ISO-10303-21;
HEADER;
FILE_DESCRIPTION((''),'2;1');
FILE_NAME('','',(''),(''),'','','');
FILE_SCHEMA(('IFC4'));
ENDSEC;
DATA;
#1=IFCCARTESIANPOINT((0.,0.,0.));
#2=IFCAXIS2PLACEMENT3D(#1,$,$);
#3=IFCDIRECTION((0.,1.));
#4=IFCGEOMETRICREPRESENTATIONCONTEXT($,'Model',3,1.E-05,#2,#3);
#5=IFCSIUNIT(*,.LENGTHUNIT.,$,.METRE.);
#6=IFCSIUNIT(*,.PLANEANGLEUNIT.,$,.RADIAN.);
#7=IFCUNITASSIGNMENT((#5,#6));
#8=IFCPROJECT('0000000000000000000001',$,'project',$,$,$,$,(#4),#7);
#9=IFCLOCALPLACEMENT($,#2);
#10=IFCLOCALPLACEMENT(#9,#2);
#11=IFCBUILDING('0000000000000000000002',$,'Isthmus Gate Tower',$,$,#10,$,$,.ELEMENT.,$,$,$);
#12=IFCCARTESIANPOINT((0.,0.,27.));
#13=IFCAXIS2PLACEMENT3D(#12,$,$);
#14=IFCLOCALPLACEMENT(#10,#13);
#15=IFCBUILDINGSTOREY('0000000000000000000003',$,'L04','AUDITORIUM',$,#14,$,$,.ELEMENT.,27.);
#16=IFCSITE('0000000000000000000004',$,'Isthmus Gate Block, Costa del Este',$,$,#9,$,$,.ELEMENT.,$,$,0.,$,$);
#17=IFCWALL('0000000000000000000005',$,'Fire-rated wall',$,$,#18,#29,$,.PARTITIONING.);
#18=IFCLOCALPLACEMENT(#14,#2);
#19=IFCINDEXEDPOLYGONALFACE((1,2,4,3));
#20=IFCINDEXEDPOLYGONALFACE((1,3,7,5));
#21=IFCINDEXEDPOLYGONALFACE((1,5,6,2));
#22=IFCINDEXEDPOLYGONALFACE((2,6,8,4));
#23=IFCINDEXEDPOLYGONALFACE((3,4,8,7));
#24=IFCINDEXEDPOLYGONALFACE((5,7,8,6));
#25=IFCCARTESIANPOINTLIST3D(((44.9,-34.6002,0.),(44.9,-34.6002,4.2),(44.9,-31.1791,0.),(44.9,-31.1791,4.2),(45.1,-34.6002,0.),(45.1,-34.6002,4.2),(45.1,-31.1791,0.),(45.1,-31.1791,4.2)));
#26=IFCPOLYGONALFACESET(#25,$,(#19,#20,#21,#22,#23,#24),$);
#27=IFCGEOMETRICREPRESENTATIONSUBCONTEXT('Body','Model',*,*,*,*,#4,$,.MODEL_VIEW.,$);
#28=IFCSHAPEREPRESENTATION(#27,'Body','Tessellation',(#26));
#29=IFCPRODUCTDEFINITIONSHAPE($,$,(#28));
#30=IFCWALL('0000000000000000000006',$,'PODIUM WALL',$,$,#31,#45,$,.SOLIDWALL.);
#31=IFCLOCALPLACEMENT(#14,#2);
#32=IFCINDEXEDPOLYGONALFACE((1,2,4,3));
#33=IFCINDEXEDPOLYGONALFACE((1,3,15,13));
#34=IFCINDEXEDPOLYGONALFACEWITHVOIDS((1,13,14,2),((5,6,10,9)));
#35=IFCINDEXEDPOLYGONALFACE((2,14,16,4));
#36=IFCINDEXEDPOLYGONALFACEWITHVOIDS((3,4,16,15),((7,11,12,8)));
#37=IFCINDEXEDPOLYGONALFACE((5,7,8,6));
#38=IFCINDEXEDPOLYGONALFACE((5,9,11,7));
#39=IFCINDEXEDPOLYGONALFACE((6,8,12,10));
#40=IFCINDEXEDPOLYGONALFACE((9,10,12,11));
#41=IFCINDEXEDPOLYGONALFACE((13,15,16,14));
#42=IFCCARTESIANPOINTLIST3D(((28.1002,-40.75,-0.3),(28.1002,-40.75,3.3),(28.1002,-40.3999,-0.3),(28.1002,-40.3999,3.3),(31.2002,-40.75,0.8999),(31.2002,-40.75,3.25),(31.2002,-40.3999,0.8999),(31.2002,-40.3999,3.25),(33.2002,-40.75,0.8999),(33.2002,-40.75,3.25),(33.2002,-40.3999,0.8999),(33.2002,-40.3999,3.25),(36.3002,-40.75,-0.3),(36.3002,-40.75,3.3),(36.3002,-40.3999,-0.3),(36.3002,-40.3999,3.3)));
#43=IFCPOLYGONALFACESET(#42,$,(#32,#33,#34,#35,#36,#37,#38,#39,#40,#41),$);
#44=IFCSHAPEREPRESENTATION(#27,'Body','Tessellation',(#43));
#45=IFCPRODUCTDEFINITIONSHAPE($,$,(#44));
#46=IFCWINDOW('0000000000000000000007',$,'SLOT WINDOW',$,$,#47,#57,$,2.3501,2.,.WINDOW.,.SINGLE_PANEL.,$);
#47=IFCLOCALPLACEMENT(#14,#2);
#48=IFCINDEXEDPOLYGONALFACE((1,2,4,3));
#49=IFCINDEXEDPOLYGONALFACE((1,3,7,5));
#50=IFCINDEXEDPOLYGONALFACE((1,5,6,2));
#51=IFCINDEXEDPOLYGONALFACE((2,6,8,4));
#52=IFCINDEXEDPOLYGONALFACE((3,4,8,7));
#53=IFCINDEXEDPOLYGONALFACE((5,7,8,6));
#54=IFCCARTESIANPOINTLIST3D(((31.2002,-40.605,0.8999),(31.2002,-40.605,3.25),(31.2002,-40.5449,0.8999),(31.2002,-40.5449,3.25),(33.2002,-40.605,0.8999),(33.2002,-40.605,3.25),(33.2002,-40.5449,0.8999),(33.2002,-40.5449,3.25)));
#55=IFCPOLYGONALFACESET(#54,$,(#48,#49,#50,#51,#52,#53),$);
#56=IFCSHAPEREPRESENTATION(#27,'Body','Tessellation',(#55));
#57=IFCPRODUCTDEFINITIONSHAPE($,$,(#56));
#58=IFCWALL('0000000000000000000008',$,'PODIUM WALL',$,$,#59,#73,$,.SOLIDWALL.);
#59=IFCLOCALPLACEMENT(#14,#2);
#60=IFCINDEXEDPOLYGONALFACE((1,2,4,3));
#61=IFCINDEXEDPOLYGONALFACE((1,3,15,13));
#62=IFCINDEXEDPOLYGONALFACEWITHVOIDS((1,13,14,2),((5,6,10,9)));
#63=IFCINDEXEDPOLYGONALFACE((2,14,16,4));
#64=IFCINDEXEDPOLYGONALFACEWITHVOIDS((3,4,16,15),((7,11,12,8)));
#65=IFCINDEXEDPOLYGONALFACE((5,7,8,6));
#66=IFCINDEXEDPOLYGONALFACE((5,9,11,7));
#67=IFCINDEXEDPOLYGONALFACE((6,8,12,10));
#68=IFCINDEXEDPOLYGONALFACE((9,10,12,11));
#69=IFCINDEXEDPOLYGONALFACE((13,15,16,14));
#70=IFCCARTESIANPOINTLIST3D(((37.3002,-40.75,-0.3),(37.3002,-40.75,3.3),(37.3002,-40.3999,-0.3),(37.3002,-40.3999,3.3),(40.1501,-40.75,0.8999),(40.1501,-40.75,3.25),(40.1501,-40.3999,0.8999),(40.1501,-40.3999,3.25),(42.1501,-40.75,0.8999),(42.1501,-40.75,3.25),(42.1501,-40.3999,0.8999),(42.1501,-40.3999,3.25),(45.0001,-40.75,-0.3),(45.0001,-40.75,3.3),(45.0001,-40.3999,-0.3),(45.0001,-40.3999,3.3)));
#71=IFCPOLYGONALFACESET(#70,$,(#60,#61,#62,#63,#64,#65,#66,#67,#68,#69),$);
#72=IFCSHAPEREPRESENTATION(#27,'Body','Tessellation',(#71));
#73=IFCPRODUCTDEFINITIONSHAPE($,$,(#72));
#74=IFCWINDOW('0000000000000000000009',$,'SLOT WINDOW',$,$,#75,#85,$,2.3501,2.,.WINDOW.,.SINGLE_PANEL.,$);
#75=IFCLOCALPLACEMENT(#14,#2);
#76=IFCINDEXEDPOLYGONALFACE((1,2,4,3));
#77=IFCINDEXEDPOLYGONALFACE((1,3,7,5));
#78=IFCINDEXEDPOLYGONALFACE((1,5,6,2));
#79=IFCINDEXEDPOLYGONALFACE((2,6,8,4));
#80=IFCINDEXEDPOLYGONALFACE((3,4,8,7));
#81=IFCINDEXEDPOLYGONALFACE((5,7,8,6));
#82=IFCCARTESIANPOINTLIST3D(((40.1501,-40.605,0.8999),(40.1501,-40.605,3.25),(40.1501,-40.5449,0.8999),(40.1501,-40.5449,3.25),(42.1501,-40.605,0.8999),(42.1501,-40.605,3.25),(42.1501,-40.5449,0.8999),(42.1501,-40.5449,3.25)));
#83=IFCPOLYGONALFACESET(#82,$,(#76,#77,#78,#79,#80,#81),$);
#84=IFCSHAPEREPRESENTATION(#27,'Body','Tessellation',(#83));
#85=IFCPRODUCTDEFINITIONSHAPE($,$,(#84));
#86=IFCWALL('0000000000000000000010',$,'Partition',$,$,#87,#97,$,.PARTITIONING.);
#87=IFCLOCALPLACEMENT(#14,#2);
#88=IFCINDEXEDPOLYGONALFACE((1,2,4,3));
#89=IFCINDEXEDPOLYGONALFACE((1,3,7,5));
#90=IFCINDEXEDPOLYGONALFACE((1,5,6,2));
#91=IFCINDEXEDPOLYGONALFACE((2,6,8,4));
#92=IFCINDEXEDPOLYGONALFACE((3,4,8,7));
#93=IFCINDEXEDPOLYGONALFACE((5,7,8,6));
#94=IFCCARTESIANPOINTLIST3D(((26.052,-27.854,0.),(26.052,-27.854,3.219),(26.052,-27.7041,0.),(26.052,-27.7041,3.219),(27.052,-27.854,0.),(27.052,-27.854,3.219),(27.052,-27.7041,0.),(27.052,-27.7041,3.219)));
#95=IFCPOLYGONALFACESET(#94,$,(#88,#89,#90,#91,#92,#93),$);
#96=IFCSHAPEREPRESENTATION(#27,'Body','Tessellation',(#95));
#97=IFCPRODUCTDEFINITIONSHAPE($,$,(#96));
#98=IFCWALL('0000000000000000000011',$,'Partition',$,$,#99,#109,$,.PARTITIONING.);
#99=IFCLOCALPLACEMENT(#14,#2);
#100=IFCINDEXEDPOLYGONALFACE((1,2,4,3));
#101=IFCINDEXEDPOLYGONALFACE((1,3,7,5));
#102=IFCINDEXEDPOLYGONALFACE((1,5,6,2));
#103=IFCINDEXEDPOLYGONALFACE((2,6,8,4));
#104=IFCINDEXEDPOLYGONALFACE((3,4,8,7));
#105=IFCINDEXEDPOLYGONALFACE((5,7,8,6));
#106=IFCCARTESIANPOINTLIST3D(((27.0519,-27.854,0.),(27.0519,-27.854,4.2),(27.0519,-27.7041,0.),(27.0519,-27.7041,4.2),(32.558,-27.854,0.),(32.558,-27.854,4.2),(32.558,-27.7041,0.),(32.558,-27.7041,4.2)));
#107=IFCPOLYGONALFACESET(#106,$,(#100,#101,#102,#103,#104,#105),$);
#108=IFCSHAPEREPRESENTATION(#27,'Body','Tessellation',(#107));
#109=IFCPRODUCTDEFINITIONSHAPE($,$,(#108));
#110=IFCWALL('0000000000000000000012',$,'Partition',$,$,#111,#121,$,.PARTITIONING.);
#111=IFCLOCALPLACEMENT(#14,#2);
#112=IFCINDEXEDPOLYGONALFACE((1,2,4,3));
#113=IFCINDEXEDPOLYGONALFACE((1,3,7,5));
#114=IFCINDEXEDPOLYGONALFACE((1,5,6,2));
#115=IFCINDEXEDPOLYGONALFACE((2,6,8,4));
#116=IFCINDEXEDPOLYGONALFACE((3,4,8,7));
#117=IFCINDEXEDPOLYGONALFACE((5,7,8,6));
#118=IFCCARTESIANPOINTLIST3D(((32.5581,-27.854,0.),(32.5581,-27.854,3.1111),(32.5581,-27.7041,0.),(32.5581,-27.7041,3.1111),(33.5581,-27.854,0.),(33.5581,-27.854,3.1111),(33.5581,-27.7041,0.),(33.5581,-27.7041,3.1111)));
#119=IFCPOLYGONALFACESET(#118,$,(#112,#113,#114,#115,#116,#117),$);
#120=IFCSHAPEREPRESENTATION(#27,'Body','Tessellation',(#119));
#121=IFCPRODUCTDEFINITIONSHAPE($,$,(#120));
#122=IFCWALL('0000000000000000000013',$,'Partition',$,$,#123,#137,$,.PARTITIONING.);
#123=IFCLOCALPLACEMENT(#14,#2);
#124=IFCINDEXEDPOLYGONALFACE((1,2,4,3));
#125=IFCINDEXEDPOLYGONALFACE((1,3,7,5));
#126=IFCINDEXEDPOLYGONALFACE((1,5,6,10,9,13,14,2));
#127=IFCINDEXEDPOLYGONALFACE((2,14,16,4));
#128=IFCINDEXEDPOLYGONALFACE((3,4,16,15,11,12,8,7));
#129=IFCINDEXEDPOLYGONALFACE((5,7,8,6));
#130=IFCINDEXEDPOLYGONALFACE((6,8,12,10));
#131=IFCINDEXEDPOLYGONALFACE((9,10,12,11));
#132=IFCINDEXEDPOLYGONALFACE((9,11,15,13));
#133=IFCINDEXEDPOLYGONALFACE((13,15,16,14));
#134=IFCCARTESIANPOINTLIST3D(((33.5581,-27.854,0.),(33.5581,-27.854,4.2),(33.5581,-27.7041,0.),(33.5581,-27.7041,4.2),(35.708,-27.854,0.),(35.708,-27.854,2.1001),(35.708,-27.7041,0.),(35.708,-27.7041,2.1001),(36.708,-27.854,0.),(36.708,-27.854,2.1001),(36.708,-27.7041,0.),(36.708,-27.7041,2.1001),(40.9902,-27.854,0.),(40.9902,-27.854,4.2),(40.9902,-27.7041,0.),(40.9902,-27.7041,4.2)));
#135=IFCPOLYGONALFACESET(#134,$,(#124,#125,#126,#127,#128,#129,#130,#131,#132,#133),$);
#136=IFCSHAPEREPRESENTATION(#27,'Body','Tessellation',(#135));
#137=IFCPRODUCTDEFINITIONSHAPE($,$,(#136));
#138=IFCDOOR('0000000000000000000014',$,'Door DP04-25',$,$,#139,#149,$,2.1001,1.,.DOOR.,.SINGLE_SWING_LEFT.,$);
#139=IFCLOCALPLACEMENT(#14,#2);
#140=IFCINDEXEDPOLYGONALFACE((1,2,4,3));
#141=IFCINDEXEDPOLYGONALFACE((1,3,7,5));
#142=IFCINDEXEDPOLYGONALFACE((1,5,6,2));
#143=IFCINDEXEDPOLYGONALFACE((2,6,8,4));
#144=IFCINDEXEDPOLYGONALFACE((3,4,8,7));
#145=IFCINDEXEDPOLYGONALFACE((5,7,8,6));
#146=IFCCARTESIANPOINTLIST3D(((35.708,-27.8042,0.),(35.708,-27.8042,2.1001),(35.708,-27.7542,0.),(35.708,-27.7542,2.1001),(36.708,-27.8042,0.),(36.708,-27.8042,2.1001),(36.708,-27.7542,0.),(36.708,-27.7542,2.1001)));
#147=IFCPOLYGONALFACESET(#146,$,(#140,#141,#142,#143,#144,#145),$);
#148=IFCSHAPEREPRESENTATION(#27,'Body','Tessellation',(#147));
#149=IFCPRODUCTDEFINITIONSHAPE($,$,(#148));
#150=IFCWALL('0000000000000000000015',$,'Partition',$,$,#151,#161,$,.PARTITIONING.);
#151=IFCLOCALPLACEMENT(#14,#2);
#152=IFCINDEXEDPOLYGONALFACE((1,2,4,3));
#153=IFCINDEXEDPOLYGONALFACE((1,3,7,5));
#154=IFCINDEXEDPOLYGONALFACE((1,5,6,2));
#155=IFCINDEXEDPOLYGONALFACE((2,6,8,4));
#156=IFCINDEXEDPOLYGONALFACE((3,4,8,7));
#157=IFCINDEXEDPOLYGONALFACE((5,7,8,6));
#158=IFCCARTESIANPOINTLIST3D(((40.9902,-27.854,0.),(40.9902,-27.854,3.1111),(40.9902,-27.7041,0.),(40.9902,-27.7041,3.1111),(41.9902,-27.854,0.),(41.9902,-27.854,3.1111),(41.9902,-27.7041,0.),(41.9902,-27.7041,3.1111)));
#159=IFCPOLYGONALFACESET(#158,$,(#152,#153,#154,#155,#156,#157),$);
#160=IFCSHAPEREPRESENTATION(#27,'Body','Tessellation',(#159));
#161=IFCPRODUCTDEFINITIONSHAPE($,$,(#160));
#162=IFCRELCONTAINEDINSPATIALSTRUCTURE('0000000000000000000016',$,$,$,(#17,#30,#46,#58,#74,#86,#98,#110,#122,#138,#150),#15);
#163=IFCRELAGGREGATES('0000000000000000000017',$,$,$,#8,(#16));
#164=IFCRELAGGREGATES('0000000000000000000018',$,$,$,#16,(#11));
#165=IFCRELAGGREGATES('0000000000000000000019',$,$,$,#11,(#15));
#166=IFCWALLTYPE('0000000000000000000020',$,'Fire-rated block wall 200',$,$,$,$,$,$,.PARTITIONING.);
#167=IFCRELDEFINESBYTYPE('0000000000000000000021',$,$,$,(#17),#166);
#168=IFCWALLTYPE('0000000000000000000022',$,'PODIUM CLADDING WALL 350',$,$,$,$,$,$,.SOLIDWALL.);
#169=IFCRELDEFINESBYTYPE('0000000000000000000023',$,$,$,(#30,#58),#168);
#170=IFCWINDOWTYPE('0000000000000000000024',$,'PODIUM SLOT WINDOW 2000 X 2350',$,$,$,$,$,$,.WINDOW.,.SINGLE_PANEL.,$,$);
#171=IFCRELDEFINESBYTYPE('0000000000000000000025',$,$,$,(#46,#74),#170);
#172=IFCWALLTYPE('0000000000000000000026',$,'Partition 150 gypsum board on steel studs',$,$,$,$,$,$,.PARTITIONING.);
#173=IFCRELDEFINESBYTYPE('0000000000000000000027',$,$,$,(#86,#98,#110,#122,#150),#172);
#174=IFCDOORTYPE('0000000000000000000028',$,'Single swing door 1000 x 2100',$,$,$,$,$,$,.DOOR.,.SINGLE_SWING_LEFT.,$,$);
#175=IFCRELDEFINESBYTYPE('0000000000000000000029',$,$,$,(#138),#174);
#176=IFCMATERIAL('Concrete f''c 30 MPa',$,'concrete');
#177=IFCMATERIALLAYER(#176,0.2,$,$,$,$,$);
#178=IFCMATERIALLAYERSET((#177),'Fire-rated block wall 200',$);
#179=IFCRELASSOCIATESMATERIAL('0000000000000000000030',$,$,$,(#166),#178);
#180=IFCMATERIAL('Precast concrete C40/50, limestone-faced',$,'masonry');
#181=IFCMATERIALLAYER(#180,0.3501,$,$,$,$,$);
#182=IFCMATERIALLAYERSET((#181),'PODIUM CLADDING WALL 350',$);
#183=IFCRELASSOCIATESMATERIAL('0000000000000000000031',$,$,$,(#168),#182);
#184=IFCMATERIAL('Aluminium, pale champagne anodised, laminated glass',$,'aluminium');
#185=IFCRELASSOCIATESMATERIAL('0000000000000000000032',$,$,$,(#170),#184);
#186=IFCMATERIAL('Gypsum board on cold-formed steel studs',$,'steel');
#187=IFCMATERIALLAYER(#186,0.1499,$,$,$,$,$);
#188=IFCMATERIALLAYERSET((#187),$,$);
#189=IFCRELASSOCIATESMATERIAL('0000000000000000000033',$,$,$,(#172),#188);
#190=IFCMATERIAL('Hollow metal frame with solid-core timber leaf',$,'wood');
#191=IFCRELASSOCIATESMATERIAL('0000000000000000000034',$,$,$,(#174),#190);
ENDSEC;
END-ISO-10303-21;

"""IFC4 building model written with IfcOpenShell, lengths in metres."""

from ifc_helpers import new_model, si_unit, direction, frame, frame_2d, origin, place, context, subcontext, project, spatial, rectangle, extrude, material, layer, layer_set, type_object, element, fill, save


model = new_model("IFC4")

# Units and contexts
model_context = context("Model", 3, precision=1e-05, world=origin(), true_north=direction((0.0, 1.0)))
body_context = subcontext(model_context, "Body", "Model", "MODEL_VIEW")
ifc_project = project(units=[si_unit("LENGTHUNIT", "METRE"), si_unit("PLANEANGLEUNIT", "RADIAN")], contexts=[model_context])

# Site, building, storey
site_placement = place(None, origin())
site = spatial("IfcSite", under=ifc_project, at=site_placement, Name="Isthmus Gate Block, Costa del Este", CompositionType="ELEMENT", RefElevation=0.0)
building_placement = place(site_placement, origin())
building = spatial("IfcBuilding", under=site, at=building_placement, Name="Isthmus Gate Tower", CompositionType="ELEMENT")
storey_placement = place(building_placement, frame((0.0, 0.0, 27.0)))
storey = spatial("IfcBuildingStorey", under=building, at=storey_placement, Name="L04", Description="AUDITORIUM", CompositionType="ELEMENT", Elevation=27.0)

# Shared definitions
ifc_material_1 = material(Name="Concrete f'c 30 MPa", Category="concrete")
ifc_layer_1 = layer(ifc_material_1, 0.2)
ifc_layer_set_1 = layer_set([ifc_layer_1], Name="Fire-rated block wall 200")
wall_type_1 = type_object("IfcWallType", Name="Fire-rated block wall 200", PredefinedType="PARTITIONING", material=ifc_layer_set_1)

# Wall
wall_1_placement = place(storey_placement, frame((45.0, -34.6001, 0.0), z_axis=(0.0, 0.0, 1.0), x_axis=(0.0, 1.0, 0.0)))
element("IfcWall", 1, at=wall_1_placement, inside=storey, type_object=wall_type_1, Name="Fire-rated wall", PredefinedType="PARTITIONING", context=body_context, shape_type="SweptSolid", body=[
    extrude(rectangle(XDim=3.4211, YDim=0.2, at=frame_2d((1.7104, 0.0))), origin(), (0.0, 0.0, 1.0), 4.2),
])

# Walls, openings, windows
ifc_material_2 = material(Name="Precast concrete C40/50, limestone-faced", Category="masonry")
ifc_layer_2 = layer(ifc_material_2, 0.3501)
ifc_layer_set_2 = layer_set([ifc_layer_2], Name="PODIUM CLADDING WALL 350")
wall_type_2 = type_object("IfcWallType", Name="PODIUM CLADDING WALL 350", PredefinedType="SOLIDWALL", material=ifc_layer_set_2)
wall_2_placement = place(storey_placement, frame((28.1001, -40.575, -0.3), z_axis=(0.0, 0.0, 1.0), x_axis=(1.0, 0.0, 0.0)))
wall_2 = element("IfcWall", 2, at=wall_2_placement, inside=storey, type_object=wall_type_2, Name="PODIUM WALL", PredefinedType="SOLIDWALL", context=body_context, shape_type="SweptSolid", body=[
    extrude(rectangle(XDim=8.2, YDim=0.3501, at=frame_2d((4.1001, 0.0))), origin(), (0.0, 0.0, 1.0), 3.6001),
])
opening_1_placement = place(wall_2_placement, frame((3.1001, 0.0, 1.2)))
opening_1 = element("IfcOpeningElement", 3, at=opening_1_placement, cuts=wall_2, PredefinedType="OPENING", context=body_context, shape_type="SweptSolid", body=[
    extrude(rectangle(XDim=2.0, YDim=2.3501, at=frame_2d((1.0, 1.175))), frame((0.0, 0.1851, 0.0), z_axis=(0.0, -1.0, 0.0), x_axis=(1.0, 0.0, 0.0)), (0.0, 0.0, 1.0), 0.3701),
])
ifc_material_3 = material(Name="Aluminium, pale champagne anodised, laminated glass", Category="aluminium")
window_type = type_object("IfcWindowType", Name="PODIUM SLOT WINDOW 2000 X 2350", PartitioningType="SINGLE_PANEL", PredefinedType="WINDOW", material=ifc_material_3)
window_1_placement = place(opening_1_placement, origin())
window_1 = element("IfcWindow", 4, at=window_1_placement, inside=storey, type_object=window_type, Name="SLOT WINDOW", OverallHeight=2.3501, OverallWidth=2.0, PartitioningType="SINGLE_PANEL", PredefinedType="WINDOW", context=body_context, shape_type="SweptSolid", body=[
    extrude(rectangle(XDim=2.0, YDim=2.3501, at=frame_2d((1.0, 1.175))), frame((0.0, 0.03, 0.0), z_axis=(0.0, -1.0, 0.0), x_axis=(1.0, 0.0, 0.0)), (0.0, 0.0, 1.0), 0.0601),
])
fill(opening_1, window_1)
wall_3_placement = place(storey_placement, frame((37.3, -40.575, -0.3), z_axis=(0.0, 0.0, 1.0), x_axis=(1.0, 0.0, 0.0)))
wall_3 = element("IfcWall", 5, at=wall_3_placement, inside=storey, type_object=wall_type_2, Name="PODIUM WALL", PredefinedType="SOLIDWALL", context=body_context, shape_type="SweptSolid", body=[
    extrude(rectangle(XDim=7.7, YDim=0.3501, at=frame_2d((3.8501, 0.0))), origin(), (0.0, 0.0, 1.0), 3.6001),
])
opening_2_placement = place(wall_3_placement, frame((2.8501, 0.0, 1.2)))
opening_2 = element("IfcOpeningElement", 6, at=opening_2_placement, cuts=wall_3, PredefinedType="OPENING", context=body_context, shape_type="SweptSolid", body=[
    extrude(rectangle(XDim=2.0, YDim=2.3501, at=frame_2d((1.0, 1.175))), frame((0.0, 0.1851, 0.0), z_axis=(0.0, -1.0, 0.0), x_axis=(1.0, 0.0, 0.0)), (0.0, 0.0, 1.0), 0.3701),
])
window_2_placement = place(opening_2_placement, origin())
window_2 = element("IfcWindow", 7, at=window_2_placement, inside=storey, type_object=window_type, Name="SLOT WINDOW", OverallHeight=2.3501, OverallWidth=2.0, PartitioningType="SINGLE_PANEL", PredefinedType="WINDOW", context=body_context, shape_type="SweptSolid", body=[
    extrude(rectangle(XDim=2.0, YDim=2.3501, at=frame_2d((1.0, 1.175))), frame((0.0, 0.03, 0.0), z_axis=(0.0, -1.0, 0.0), x_axis=(1.0, 0.0, 0.0)), (0.0, 0.0, 1.0), 0.0601),
])
fill(opening_2, window_2)

# Walls
ifc_material_4 = material(Name="Gypsum board on cold-formed steel studs", Category="steel")
ifc_layer_3 = layer(ifc_material_4, 0.1499)
ifc_layer_set_3 = layer_set([ifc_layer_3])
wall_type_3 = type_object("IfcWallType", Name="Partition 150 gypsum board on steel studs", PredefinedType="PARTITIONING", material=ifc_layer_set_3)
wall_4_placement = place(storey_placement, frame((26.052, -27.7791, 0.0), z_axis=(0.0, 0.0, 1.0), x_axis=(1.0, 0.0, 0.0)))
element("IfcWall", 8, at=wall_4_placement, inside=storey, type_object=wall_type_3, Name="Partition", PredefinedType="PARTITIONING", context=body_context, shape_type="SweptSolid", body=[
    extrude(rectangle(XDim=1.0, YDim=0.1499, at=frame_2d((0.5, 0.0))), origin(), (0.0, 0.0, 1.0), 3.219),
])
wall_5_placement = place(storey_placement, frame((27.052, -27.7791, 0.0), z_axis=(0.0, 0.0, 1.0), x_axis=(1.0, 0.0, 0.0)))
element("IfcWall", 9, at=wall_5_placement, inside=storey, type_object=wall_type_3, Name="Partition", PredefinedType="PARTITIONING", context=body_context, shape_type="SweptSolid", body=[
    extrude(rectangle(XDim=5.5061, YDim=0.1499, at=frame_2d((2.7529, 0.0))), origin(), (0.0, 0.0, 1.0), 4.2),
])
wall_6_placement = place(storey_placement, frame((32.5581, -27.7791, 0.0), z_axis=(0.0, 0.0, 1.0), x_axis=(1.0, 0.0, 0.0)))
element("IfcWall", 10, at=wall_6_placement, inside=storey, type_object=wall_type_3, Name="Partition", PredefinedType="PARTITIONING", context=body_context, shape_type="SweptSolid", body=[
    extrude(rectangle(XDim=1.0, YDim=0.1499, at=frame_2d((0.5, 0.0))), origin(), (0.0, 0.0, 1.0), 3.1111),
])

# Wall, opening, door
wall_7_placement = place(storey_placement, frame((33.5581, -27.7791, 0.0), z_axis=(0.0, 0.0, 1.0), x_axis=(1.0, 0.0, 0.0)))
wall_7 = element("IfcWall", 11, at=wall_7_placement, inside=storey, type_object=wall_type_3, Name="Partition", PredefinedType="PARTITIONING", context=body_context, shape_type="SweptSolid", body=[
    extrude(rectangle(XDim=7.4321, YDim=0.1499, at=frame_2d((3.7161, 0.0))), origin(), (0.0, 0.0, 1.0), 4.2),
])
opening_3_placement = place(wall_7_placement, frame((2.1499, 0.0, 0.0)))
opening_3 = element("IfcOpeningElement", 12, at=opening_3_placement, cuts=wall_7, PredefinedType="OPENING", context=body_context, shape_type="SweptSolid", body=[
    extrude(rectangle(XDim=1.0, YDim=2.1001, at=frame_2d((0.5, 1.05))), frame((0.0, 0.085, 0.0), z_axis=(0.0, -1.0, 0.0), x_axis=(1.0, 0.0, 0.0)), (0.0, 0.0, 1.0), 0.1699),
])
ifc_material_5 = material(Name="Hollow metal frame with solid-core timber leaf", Category="wood")
door_type_1 = type_object("IfcDoorType", Name="Single swing door 1000 x 2100", OperationType="SINGLE_SWING_LEFT", PredefinedType="DOOR", material=ifc_material_5)
door_1_placement = place(opening_3_placement, origin())
door_1 = element("IfcDoor", 13, at=door_1_placement, inside=storey, type_object=door_type_1, Name="Door DP04-25", OperationType="SINGLE_SWING_LEFT", OverallHeight=2.1001, OverallWidth=1.0, PredefinedType="DOOR", context=body_context, shape_type="SweptSolid", body=[
    extrude(rectangle(XDim=1.0, YDim=2.1001, at=frame_2d((0.5, 1.05))), frame((0.0, 0.0249, 0.0), z_axis=(0.0, -1.0, 0.0), x_axis=(1.0, 0.0, 0.0)), (0.0, 0.0, 1.0), 0.05),
])
fill(opening_3, door_1)

# Wall
wall_8_placement = place(storey_placement, frame((40.9902, -27.7791, 0.0), z_axis=(0.0, 0.0, 1.0), x_axis=(1.0, 0.0, 0.0)))
element("IfcWall", 14, at=wall_8_placement, inside=storey, type_object=wall_type_3, Name="Partition", PredefinedType="PARTITIONING", context=body_context, shape_type="SweptSolid", body=[
    extrude(rectangle(XDim=1.0, YDim=0.1499, at=frame_2d((0.5, 0.0))), origin(), (0.0, 0.0, 1.0), 3.1111),
])

save(model, "model.ifc")
